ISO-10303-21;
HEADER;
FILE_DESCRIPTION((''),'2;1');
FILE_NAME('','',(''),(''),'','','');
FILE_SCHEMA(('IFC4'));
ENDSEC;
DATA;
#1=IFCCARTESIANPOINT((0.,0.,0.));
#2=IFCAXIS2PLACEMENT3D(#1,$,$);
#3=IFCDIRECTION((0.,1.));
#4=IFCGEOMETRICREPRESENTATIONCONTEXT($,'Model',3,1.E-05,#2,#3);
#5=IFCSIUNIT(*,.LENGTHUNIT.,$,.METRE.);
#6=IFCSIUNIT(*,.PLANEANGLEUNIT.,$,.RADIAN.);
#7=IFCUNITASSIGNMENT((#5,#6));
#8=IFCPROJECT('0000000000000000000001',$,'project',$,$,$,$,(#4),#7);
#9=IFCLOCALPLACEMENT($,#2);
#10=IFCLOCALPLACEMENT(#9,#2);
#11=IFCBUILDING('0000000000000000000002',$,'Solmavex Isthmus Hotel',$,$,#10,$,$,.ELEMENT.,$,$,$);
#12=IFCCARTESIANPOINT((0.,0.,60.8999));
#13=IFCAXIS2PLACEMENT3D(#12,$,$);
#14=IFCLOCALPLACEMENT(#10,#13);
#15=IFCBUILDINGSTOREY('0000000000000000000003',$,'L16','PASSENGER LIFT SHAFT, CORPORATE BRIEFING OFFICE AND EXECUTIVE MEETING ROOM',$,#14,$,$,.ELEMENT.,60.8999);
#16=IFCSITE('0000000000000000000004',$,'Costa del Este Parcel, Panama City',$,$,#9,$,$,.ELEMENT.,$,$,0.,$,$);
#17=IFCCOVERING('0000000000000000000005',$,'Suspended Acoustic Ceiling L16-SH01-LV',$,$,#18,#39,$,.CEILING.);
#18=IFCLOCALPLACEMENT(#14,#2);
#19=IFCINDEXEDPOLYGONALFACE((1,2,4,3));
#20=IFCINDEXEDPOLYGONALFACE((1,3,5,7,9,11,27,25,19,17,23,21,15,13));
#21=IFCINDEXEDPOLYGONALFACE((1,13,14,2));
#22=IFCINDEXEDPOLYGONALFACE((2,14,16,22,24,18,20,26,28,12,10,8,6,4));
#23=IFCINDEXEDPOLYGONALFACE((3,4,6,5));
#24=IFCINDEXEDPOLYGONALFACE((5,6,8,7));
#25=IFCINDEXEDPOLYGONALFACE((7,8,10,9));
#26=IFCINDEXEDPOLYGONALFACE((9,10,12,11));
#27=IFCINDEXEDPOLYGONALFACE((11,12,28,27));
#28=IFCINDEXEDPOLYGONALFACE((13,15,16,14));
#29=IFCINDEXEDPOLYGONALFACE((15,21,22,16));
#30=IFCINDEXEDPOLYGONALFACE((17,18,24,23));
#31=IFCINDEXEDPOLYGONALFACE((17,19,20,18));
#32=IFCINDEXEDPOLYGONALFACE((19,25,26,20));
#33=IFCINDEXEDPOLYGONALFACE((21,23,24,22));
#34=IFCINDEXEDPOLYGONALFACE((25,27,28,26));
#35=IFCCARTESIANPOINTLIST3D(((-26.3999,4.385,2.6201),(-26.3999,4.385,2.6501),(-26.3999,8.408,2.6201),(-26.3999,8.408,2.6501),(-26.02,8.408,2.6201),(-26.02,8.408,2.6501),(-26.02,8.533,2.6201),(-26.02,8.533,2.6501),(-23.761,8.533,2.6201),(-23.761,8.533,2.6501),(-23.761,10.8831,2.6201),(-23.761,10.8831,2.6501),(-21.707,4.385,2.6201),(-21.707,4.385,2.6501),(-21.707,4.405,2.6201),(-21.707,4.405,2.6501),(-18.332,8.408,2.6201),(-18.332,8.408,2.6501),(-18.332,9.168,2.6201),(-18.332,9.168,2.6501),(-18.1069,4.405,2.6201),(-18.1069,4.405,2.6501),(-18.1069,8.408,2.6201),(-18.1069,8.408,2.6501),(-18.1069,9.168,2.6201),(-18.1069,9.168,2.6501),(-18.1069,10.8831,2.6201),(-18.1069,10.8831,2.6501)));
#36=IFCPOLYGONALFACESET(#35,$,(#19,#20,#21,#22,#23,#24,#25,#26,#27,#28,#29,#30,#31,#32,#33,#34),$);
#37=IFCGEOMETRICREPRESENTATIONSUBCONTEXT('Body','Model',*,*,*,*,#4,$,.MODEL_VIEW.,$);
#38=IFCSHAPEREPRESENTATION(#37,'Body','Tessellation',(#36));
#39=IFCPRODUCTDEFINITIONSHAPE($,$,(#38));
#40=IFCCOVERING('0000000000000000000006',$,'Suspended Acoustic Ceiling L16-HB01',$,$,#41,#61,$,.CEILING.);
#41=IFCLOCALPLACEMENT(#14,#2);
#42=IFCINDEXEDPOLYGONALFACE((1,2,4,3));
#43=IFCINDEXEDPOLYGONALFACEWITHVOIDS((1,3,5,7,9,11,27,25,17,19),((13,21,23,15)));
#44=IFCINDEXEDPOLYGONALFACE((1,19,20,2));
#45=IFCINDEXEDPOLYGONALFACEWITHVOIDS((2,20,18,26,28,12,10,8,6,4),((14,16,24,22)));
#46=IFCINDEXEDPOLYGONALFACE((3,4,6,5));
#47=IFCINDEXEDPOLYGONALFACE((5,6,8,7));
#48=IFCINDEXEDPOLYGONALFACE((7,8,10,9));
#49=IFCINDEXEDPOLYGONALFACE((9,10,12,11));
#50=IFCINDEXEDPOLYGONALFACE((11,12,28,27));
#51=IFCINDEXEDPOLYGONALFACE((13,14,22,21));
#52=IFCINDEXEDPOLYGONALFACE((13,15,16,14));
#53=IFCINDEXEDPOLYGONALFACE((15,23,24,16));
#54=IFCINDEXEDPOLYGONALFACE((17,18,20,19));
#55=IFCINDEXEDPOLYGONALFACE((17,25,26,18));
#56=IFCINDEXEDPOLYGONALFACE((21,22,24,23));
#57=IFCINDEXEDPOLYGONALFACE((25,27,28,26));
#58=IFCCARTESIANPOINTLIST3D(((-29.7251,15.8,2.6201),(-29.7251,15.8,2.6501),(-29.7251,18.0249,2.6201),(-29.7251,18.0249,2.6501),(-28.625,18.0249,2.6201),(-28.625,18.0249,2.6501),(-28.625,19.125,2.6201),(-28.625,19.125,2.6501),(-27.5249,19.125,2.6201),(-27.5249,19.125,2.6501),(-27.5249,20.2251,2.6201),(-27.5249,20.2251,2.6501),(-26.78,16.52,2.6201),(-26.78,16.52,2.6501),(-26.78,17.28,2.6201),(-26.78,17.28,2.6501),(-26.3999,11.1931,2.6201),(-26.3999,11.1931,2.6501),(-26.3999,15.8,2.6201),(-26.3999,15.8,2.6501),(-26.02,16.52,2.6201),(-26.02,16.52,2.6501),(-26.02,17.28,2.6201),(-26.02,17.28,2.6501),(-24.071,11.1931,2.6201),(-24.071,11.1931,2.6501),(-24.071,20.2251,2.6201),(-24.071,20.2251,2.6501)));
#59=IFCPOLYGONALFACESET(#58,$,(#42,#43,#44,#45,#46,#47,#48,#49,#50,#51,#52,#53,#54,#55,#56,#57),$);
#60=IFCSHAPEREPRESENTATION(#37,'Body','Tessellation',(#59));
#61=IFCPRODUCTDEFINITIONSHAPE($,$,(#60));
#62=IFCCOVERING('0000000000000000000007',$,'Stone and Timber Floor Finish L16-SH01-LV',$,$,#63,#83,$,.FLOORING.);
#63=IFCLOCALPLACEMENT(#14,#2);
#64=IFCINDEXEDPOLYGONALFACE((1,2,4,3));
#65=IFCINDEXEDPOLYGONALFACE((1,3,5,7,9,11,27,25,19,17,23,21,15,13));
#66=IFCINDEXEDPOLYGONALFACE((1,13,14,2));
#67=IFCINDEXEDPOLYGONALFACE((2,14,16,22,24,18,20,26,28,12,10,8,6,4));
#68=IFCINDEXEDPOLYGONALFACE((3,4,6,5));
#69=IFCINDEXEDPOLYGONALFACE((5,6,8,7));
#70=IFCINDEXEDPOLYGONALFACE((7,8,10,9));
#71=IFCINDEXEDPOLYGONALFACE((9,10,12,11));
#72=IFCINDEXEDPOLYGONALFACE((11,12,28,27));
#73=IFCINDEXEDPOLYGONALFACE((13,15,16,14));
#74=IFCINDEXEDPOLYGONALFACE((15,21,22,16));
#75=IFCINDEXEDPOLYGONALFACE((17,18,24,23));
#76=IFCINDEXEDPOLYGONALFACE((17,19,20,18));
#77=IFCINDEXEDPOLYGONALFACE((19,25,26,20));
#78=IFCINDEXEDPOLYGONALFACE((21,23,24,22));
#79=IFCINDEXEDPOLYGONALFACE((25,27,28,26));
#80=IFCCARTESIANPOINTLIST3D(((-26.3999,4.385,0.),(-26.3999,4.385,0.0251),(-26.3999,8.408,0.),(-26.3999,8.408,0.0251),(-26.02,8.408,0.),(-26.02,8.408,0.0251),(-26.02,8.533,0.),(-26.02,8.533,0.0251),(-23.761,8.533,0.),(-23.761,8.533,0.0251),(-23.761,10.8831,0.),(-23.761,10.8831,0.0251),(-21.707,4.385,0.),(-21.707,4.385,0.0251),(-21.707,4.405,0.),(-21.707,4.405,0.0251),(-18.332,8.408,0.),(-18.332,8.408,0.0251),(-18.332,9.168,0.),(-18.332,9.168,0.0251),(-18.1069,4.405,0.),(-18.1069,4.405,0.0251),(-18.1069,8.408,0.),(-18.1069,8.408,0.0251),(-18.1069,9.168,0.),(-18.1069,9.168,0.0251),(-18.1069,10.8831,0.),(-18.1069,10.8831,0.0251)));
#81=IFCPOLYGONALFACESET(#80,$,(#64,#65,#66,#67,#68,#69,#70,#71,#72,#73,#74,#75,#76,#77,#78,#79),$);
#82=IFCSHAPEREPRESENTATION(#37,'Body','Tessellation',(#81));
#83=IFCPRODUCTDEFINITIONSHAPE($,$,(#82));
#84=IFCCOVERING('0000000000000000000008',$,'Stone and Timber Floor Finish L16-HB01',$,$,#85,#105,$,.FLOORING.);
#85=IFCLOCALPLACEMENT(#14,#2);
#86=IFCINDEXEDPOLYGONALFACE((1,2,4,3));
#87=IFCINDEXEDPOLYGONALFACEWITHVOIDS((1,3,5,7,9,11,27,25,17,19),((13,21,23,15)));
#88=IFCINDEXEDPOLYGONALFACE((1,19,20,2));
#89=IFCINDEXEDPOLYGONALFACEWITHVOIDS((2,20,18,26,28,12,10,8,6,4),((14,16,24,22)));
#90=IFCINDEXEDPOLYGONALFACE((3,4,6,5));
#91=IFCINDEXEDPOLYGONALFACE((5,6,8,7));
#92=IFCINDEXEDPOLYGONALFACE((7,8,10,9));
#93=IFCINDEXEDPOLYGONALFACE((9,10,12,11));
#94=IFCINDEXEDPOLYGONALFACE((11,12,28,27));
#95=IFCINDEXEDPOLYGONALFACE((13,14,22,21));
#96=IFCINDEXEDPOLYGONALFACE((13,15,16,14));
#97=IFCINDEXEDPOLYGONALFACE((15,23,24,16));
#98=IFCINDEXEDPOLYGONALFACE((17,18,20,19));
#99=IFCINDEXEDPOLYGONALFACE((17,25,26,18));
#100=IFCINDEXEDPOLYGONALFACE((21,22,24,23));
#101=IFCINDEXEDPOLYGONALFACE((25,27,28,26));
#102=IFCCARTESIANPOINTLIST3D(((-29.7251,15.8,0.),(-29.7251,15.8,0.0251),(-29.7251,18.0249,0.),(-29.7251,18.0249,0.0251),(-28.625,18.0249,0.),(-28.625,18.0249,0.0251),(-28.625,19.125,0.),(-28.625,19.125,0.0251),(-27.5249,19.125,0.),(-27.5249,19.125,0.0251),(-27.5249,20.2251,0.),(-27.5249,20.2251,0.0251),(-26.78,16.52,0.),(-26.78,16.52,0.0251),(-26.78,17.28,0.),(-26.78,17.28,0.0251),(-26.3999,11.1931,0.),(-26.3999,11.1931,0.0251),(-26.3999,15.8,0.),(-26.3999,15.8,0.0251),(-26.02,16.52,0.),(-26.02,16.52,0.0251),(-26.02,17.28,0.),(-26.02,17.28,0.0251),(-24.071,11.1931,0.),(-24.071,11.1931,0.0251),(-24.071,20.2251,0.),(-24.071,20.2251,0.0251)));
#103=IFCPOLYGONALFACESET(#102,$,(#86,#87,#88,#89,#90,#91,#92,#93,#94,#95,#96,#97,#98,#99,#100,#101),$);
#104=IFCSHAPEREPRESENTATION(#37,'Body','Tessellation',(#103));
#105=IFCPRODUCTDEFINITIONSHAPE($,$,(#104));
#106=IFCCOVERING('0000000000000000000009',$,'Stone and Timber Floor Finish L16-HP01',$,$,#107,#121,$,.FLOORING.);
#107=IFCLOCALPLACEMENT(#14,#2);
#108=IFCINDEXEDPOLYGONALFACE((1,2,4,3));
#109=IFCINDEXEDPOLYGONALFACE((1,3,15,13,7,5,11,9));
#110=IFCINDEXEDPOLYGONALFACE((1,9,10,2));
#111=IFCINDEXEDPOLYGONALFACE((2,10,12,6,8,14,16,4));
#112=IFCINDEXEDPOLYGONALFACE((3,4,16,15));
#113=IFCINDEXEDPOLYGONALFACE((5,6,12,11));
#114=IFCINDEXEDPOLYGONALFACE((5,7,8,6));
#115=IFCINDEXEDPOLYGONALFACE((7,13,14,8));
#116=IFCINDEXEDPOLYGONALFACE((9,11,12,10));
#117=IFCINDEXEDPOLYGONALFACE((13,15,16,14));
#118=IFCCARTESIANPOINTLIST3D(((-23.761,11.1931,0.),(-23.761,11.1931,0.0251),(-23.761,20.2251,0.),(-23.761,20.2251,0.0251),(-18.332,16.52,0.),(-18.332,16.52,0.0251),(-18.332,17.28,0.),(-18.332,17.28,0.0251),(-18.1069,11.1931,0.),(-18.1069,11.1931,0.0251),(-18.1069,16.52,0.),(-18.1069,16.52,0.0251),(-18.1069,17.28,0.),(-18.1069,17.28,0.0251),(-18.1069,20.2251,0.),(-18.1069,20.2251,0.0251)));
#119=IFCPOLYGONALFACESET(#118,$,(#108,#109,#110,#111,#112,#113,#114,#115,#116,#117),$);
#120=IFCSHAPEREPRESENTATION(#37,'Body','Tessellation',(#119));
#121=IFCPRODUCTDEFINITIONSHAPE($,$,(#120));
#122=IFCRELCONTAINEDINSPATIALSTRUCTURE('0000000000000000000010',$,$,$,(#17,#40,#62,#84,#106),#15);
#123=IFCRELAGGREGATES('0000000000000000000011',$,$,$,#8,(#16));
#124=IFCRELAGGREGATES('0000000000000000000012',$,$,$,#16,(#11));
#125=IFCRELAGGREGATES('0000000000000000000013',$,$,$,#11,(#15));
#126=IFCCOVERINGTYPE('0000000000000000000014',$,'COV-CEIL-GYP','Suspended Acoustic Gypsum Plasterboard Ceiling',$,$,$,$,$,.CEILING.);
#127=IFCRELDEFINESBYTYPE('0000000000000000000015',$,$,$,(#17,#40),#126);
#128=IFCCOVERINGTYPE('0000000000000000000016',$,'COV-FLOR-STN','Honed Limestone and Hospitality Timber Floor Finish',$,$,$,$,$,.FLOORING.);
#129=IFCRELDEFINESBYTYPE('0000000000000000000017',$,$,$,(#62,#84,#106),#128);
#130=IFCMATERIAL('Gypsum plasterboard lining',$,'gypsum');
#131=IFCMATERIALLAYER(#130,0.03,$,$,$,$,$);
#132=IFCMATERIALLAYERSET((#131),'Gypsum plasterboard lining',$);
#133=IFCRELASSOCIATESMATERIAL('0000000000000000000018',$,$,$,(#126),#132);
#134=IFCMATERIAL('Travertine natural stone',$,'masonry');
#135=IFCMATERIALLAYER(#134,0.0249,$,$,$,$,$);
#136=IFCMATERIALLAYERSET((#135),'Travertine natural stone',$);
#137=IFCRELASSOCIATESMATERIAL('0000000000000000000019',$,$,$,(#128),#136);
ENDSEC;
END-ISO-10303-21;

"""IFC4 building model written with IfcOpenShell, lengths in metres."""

from ifc_helpers import new_model, si_unit, direction, frame, origin, place, context, subcontext, project, spatial, polyline, outline, extrude, material, layer, layer_set, type_object, element, save


model = new_model("IFC4")

# Units and contexts
model_context = context("Model", 3, precision=1e-05, world=origin(), true_north=direction((0.0, 1.0)))
body_context = subcontext(model_context, "Body", "Model", "MODEL_VIEW")
ifc_project = project(units=[si_unit("LENGTHUNIT", "METRE"), si_unit("PLANEANGLEUNIT", "RADIAN")], contexts=[model_context])

# Site, building, storey
site_placement = place(None, origin())
site = spatial("IfcSite", under=ifc_project, at=site_placement, Name="Costa del Este Parcel, Panama City", CompositionType="ELEMENT", RefElevation=0.0)
building_placement = place(site_placement, origin())
building = spatial("IfcBuilding", under=site, at=building_placement, Name="Solmavex Isthmus Hotel", CompositionType="ELEMENT")
storey_placement = place(building_placement, frame((0.0, 0.0, 60.8999)))
storey = spatial("IfcBuildingStorey", under=building, at=storey_placement, Name="L16", Description="PASSENGER LIFT SHAFT, CORPORATE BRIEFING OFFICE AND EXECUTIVE MEETING ROOM", CompositionType="ELEMENT", Elevation=60.8999)

# Shared definitions
ifc_material_1 = material(Name="Gypsum plasterboard lining", Category="gypsum")

# Coverings
ifc_layer_1 = layer(ifc_material_1, 0.03)
ifc_layer_set_1 = layer_set([ifc_layer_1], Name="Gypsum plasterboard lining")
covering_type_1 = type_object("IfcCoveringType", Name="COV-CEIL-GYP", Description="Suspended Acoustic Gypsum Plasterboard Ceiling", PredefinedType="CEILING", material=ifc_layer_set_1)
covering_1_placement = place(storey_placement, frame((0.0, 0.0, 2.6201)))
element("IfcCovering", 1, at=covering_1_placement, inside=storey, type_object=covering_type_1, Name="Suspended Acoustic Ceiling L16-SH01-LV", PredefinedType="CEILING", context=body_context, shape_type="SweptSolid", body=[
    extrude(outline(polyline([(-26.02, 8.533), (-26.02, 8.408), (-26.3999, 8.408), (-26.3999, 4.385), (-21.707, 4.385), (-21.707, 4.405), (-18.1069, 4.405), (-18.1069, 8.408), (-18.332, 8.408), (-18.332, 9.168), (-18.1069, 9.168), (-18.1069, 10.8831), (-23.761, 10.8831), (-23.761, 8.533), (-26.02, 8.533)])), origin(), (0.0, 0.0, 1.0), 0.03),
])
covering_2_placement = place(storey_placement, frame((0.0, 0.0, 2.6201)))
element("IfcCovering", 2, at=covering_2_placement, inside=storey, type_object=covering_type_1, Name="Suspended Acoustic Ceiling L16-HB01", PredefinedType="CEILING", context=body_context, shape_type="SweptSolid", body=[
    extrude(outline(polyline([(-28.625, 18.0249), (-29.7251, 18.0249), (-29.7251, 15.8), (-26.3999, 15.8), (-26.3999, 11.1931), (-24.071, 11.1931), (-24.071, 20.2251), (-27.5249, 20.2251), (-27.5249, 19.125), (-28.625, 19.125), (-28.625, 18.0249)]), holes=[polyline([(-26.78, 17.28), (-26.02, 17.28), (-26.02, 16.52), (-26.78, 16.52), (-26.78, 17.28)])]), origin(), (0.0, 0.0, 1.0), 0.03),
])
ifc_material_2 = material(Name="Travertine natural stone", Category="masonry")
ifc_layer_2 = layer(ifc_material_2, 0.0249)
ifc_layer_set_2 = layer_set([ifc_layer_2], Name="Travertine natural stone")
covering_type_2 = type_object("IfcCoveringType", Name="COV-FLOR-STN", Description="Honed Limestone and Hospitality Timber Floor Finish", PredefinedType="FLOORING", material=ifc_layer_set_2)
covering_3_placement = place(storey_placement, origin())
element("IfcCovering", 3, at=covering_3_placement, inside=storey, type_object=covering_type_2, Name="Stone and Timber Floor Finish L16-SH01-LV", PredefinedType="FLOORING", context=body_context, shape_type="SweptSolid", body=[
    extrude(outline(polyline([(-26.02, 8.533), (-26.02, 8.408), (-26.3999, 8.408), (-26.3999, 4.385), (-21.707, 4.385), (-21.707, 4.405), (-18.1069, 4.405), (-18.1069, 8.408), (-18.332, 8.408), (-18.332, 9.168), (-18.1069, 9.168), (-18.1069, 10.8831), (-23.761, 10.8831), (-23.761, 8.533), (-26.02, 8.533)])), origin(), (0.0, 0.0, 1.0), 0.0251),
])
covering_4_placement = place(storey_placement, origin())
element("IfcCovering", 4, at=covering_4_placement, inside=storey, type_object=covering_type_2, Name="Stone and Timber Floor Finish L16-HB01", PredefinedType="FLOORING", context=body_context, shape_type="SweptSolid", body=[
    extrude(outline(polyline([(-28.625, 18.0249), (-29.7251, 18.0249), (-29.7251, 15.8), (-26.3999, 15.8), (-26.3999, 11.1931), (-24.071, 11.1931), (-24.071, 20.2251), (-27.5249, 20.2251), (-27.5249, 19.125), (-28.625, 19.125), (-28.625, 18.0249)]), holes=[polyline([(-26.78, 17.28), (-26.02, 17.28), (-26.02, 16.52), (-26.78, 16.52), (-26.78, 17.28)])]), origin(), (0.0, 0.0, 1.0), 0.0251),
])
covering_5_placement = place(storey_placement, origin())
element("IfcCovering", 5, at=covering_5_placement, inside=storey, type_object=covering_type_2, Name="Stone and Timber Floor Finish L16-HP01", PredefinedType="FLOORING", context=body_context, shape_type="SweptSolid", body=[
    extrude(outline(polyline([(-18.1069, 16.52), (-18.332, 16.52), (-18.332, 17.28), (-18.1069, 17.28), (-18.1069, 20.2251), (-23.761, 20.2251), (-23.761, 11.1931), (-18.1069, 11.1931), (-18.1069, 16.52)])), origin(), (0.0, 0.0, 1.0), 0.0251),
])

save(model, "model.ifc")
